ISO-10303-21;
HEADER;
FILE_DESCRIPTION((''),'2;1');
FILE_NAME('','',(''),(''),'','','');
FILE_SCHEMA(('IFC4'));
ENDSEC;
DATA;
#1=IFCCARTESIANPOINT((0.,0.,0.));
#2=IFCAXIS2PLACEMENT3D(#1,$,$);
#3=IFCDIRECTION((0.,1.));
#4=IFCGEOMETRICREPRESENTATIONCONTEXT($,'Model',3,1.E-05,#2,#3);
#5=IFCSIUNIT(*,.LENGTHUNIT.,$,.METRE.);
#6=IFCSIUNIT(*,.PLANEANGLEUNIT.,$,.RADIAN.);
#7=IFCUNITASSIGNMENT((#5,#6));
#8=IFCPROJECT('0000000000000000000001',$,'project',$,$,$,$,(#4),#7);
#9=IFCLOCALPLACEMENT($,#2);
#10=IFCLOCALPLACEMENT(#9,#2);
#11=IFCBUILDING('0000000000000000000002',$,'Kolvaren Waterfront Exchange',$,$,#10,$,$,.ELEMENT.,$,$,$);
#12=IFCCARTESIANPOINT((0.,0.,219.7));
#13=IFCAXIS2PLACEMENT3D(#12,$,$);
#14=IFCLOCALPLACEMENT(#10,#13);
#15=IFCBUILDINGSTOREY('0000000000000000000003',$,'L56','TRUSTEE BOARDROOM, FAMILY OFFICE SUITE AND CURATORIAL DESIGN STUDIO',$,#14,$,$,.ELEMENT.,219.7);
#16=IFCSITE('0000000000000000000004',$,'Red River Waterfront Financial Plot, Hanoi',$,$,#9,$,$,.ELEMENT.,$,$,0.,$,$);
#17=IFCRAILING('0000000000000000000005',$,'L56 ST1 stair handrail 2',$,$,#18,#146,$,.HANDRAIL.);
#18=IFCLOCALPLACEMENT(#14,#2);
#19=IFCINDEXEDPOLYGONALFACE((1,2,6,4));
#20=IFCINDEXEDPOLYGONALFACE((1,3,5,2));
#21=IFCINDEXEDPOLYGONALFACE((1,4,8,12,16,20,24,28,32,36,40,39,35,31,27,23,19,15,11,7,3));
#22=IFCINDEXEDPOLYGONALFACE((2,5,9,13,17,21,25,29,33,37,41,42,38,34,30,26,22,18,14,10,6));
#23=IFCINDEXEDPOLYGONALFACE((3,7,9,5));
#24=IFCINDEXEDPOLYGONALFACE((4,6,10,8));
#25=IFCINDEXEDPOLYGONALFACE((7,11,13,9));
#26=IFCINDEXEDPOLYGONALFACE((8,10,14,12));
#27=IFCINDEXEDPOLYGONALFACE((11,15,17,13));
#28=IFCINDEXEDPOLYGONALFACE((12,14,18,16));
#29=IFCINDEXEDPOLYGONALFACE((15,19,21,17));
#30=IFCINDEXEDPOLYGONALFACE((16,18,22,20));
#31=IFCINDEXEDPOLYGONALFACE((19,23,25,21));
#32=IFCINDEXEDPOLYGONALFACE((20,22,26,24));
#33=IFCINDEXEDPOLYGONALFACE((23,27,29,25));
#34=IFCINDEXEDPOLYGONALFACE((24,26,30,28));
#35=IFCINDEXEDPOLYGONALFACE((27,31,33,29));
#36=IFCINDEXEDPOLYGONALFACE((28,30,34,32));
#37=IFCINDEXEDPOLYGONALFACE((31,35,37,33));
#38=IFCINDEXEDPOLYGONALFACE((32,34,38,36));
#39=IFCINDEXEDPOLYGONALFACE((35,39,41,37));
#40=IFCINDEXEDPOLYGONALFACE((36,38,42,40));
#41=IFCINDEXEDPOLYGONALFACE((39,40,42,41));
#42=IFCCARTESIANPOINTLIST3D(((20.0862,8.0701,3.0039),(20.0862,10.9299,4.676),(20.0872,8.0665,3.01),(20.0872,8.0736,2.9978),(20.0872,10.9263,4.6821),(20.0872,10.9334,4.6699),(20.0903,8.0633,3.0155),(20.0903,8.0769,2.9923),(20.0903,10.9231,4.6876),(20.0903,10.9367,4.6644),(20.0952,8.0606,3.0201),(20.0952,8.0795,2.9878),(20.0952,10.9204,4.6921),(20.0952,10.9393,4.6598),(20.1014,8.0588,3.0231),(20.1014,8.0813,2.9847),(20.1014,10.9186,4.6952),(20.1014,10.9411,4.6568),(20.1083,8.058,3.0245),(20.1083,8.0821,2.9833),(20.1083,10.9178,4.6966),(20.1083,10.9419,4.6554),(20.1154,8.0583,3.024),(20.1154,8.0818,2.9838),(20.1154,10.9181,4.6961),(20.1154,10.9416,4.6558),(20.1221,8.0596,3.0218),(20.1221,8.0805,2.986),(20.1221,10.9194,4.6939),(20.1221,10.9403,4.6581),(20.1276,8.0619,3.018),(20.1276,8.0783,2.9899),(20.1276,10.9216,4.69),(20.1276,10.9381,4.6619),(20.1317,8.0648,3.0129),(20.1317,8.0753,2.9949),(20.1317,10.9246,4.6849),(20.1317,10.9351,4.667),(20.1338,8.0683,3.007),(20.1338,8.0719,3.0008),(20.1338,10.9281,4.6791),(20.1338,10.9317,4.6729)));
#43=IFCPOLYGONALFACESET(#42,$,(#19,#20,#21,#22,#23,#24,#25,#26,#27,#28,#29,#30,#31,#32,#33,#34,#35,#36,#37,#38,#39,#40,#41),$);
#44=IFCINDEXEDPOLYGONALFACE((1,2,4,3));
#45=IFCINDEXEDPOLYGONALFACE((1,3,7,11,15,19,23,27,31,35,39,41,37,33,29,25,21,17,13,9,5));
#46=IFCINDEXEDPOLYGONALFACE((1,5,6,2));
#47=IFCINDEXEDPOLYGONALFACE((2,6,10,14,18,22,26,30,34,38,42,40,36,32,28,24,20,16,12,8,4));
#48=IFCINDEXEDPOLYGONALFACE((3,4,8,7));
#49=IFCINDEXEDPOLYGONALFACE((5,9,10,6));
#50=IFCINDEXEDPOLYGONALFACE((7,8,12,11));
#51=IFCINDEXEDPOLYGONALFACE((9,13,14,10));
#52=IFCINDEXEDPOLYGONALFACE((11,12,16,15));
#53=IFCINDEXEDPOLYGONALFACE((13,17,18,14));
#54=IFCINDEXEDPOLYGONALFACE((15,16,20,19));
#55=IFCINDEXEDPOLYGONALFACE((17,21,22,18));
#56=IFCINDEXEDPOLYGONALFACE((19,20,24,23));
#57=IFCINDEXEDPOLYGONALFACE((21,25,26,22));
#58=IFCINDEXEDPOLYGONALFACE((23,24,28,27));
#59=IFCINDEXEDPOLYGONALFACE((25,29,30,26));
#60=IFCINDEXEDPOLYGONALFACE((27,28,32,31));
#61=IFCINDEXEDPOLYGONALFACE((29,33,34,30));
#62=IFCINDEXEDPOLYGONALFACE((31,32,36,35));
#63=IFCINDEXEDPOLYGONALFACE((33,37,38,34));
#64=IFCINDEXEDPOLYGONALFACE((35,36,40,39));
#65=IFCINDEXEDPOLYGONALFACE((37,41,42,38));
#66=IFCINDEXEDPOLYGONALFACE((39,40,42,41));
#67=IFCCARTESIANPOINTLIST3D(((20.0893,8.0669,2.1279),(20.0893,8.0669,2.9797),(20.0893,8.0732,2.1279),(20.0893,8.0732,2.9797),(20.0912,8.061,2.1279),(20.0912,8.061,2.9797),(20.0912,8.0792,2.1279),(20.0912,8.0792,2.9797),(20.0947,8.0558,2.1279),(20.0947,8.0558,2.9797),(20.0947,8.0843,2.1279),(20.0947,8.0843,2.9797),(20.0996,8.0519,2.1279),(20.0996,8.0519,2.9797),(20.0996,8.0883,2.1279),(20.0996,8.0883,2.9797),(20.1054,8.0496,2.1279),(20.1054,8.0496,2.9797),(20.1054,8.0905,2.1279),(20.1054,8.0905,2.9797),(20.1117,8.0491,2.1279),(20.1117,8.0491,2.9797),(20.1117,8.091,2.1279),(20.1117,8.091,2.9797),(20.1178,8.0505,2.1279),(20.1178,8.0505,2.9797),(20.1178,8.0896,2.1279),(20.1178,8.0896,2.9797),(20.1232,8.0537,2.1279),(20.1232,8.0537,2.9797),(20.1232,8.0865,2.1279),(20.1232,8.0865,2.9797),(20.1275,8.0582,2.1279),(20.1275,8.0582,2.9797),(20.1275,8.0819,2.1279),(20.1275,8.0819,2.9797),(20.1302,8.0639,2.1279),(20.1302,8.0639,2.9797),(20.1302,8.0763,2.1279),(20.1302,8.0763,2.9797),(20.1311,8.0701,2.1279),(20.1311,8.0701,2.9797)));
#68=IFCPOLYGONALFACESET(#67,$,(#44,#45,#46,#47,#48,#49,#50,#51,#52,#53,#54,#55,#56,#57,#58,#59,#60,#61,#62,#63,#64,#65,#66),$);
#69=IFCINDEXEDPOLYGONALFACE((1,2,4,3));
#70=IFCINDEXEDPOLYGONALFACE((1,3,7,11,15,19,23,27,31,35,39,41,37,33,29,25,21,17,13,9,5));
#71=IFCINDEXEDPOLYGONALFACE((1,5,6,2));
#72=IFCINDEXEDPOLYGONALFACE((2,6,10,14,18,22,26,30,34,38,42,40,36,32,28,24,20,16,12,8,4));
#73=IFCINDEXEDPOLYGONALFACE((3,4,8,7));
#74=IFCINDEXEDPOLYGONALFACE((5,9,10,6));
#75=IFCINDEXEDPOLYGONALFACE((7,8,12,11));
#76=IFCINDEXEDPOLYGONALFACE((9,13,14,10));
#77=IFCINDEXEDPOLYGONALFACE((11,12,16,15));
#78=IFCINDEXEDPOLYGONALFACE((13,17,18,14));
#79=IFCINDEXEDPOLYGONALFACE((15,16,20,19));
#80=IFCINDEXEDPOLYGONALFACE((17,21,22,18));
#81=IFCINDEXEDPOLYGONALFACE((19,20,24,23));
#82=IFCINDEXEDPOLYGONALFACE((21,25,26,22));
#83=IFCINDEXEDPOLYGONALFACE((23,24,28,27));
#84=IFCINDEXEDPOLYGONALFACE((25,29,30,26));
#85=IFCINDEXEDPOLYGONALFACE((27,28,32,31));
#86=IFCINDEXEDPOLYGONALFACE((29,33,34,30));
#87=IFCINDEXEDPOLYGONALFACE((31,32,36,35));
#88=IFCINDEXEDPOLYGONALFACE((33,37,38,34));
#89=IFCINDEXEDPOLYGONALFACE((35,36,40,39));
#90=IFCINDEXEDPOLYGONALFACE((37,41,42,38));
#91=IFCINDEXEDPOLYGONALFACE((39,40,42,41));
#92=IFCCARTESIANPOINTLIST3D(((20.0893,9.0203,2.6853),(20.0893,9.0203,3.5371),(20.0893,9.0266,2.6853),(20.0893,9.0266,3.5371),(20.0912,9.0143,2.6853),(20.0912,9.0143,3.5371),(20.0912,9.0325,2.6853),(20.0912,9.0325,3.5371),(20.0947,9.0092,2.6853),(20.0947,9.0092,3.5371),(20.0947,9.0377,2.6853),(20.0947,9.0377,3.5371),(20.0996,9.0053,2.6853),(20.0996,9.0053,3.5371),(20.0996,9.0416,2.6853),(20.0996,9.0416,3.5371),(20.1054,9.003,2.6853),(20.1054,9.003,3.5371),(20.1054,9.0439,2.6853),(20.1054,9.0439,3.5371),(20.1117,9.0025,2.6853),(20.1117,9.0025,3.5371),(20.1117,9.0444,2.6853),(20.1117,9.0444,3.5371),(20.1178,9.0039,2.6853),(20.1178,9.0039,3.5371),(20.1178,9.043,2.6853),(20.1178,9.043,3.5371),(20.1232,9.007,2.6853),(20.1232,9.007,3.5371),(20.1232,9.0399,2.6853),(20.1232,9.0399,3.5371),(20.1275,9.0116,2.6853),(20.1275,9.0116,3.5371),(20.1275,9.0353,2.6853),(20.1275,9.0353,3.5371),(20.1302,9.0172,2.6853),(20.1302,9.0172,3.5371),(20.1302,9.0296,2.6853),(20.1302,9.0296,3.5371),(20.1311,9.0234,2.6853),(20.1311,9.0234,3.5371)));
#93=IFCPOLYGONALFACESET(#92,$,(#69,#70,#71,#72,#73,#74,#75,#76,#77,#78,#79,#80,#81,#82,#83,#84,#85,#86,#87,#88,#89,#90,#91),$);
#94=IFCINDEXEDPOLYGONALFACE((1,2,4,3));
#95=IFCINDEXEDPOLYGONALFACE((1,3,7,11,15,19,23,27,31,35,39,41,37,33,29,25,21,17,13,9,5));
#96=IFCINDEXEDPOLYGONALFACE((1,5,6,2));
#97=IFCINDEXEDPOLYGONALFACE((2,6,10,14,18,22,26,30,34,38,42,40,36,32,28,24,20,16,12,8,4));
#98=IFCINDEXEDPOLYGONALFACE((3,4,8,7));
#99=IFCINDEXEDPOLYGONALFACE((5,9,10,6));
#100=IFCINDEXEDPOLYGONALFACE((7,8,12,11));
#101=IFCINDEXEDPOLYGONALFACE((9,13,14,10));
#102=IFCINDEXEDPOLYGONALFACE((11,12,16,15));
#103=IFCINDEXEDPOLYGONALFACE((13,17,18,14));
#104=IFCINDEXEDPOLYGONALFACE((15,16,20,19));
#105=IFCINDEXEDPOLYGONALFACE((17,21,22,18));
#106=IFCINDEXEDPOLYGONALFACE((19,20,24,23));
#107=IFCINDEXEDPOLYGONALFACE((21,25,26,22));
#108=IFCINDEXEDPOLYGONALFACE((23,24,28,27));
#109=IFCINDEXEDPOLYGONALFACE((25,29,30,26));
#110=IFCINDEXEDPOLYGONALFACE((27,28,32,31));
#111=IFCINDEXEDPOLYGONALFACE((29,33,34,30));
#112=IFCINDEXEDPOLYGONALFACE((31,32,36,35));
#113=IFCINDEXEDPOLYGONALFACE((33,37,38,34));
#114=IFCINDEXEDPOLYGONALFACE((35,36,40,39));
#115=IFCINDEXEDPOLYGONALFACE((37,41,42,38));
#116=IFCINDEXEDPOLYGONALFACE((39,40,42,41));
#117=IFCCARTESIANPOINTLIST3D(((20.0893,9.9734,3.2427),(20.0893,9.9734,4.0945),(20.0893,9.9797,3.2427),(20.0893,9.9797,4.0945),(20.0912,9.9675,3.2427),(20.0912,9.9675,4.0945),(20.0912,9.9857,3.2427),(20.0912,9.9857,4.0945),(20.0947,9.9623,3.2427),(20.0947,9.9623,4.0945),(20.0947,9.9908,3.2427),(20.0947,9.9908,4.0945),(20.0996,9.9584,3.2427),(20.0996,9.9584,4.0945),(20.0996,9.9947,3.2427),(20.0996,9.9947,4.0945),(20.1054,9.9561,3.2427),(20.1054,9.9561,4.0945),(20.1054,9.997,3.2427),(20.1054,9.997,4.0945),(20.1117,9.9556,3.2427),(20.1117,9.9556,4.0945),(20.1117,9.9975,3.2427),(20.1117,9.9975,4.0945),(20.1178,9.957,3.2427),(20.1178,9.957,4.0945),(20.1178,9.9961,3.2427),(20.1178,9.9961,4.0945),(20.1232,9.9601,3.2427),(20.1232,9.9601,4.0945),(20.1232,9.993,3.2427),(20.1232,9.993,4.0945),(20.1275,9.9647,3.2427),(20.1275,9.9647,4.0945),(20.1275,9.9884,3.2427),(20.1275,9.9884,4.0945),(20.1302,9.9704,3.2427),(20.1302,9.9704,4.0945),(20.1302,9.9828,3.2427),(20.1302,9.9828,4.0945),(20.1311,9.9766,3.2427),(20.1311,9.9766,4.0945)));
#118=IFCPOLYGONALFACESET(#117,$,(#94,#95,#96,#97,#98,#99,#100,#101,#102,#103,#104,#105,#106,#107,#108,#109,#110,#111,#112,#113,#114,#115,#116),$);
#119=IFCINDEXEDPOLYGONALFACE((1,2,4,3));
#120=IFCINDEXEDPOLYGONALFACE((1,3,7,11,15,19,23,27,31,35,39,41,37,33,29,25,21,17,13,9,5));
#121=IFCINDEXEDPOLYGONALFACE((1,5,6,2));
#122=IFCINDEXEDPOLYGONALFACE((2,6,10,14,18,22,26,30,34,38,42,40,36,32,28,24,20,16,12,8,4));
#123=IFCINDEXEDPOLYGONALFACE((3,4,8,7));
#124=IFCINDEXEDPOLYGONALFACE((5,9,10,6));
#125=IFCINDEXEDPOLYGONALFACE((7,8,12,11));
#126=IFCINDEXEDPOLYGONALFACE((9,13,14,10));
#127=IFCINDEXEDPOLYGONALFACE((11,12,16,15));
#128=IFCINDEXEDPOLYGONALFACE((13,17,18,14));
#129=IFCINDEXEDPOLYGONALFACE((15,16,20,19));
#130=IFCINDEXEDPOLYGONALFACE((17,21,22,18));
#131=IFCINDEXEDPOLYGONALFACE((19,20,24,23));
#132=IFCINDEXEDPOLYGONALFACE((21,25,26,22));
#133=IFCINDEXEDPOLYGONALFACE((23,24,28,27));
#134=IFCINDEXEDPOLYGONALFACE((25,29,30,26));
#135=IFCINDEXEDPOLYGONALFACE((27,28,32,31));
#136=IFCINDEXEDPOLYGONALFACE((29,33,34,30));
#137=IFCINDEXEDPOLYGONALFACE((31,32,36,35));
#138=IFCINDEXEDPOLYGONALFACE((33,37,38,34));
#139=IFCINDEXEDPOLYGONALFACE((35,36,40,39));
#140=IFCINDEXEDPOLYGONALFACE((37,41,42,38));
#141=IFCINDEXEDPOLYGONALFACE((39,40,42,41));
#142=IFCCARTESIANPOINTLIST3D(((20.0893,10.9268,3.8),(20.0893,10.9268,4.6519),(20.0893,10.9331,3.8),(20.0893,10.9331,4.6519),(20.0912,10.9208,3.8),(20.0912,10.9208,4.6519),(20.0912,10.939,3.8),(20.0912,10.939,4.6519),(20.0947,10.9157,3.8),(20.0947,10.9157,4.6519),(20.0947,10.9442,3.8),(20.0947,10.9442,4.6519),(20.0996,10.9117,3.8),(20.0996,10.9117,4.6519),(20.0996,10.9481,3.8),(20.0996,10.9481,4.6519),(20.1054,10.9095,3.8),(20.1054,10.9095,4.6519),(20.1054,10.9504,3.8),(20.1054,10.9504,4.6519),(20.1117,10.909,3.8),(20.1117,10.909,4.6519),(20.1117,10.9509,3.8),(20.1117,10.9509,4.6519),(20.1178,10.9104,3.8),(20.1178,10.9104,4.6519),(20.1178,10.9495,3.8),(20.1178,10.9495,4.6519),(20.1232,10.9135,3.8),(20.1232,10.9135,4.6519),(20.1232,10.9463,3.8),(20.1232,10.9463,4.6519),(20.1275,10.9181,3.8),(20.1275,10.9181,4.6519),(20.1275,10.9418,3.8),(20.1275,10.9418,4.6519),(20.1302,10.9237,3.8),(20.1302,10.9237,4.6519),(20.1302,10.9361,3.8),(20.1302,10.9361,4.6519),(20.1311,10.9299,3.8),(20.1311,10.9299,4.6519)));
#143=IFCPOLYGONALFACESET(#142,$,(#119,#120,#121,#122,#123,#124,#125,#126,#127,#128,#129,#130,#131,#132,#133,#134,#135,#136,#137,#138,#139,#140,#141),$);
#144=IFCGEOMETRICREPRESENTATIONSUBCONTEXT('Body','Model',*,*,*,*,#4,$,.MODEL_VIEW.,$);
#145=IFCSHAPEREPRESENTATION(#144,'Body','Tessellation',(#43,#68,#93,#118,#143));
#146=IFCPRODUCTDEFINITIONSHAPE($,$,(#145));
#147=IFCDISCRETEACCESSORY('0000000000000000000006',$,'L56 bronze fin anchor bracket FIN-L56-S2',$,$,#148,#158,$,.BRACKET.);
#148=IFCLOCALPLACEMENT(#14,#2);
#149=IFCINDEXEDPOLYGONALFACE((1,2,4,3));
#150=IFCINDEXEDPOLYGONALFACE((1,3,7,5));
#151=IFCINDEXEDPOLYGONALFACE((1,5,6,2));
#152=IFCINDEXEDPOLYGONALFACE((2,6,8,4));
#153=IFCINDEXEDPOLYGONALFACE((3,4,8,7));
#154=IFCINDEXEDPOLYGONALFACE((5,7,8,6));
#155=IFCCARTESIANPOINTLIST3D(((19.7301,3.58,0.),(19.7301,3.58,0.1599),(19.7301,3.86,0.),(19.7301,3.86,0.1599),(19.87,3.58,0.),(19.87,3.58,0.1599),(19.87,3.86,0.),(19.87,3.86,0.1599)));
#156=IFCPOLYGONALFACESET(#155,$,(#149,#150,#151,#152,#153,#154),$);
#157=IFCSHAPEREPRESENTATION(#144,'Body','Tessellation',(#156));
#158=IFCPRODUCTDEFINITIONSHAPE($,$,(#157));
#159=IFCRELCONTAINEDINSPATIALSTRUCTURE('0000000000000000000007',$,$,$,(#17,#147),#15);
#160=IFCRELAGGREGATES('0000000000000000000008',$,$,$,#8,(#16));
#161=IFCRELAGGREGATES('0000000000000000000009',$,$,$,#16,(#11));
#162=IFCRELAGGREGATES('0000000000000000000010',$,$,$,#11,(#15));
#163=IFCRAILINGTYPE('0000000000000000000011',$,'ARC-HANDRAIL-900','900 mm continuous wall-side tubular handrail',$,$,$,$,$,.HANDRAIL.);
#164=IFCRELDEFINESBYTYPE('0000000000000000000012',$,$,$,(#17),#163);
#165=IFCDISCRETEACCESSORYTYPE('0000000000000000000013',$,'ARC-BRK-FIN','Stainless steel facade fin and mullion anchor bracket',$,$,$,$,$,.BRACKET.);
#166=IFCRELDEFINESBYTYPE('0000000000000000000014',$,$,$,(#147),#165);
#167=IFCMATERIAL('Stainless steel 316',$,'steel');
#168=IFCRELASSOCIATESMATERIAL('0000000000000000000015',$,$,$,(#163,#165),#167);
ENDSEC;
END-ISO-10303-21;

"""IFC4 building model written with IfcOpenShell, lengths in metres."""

from ifc_helpers import new_model, si_unit, direction, frame, origin, origin_with_axes, origin_2d, place, context, subcontext, project, spatial, rectangle, circle, extrude, source, transform, mapped, material, type_object, element, save


model = new_model("IFC4")

# Units and contexts
model_context = context("Model", 3, precision=1e-05, world=origin(), true_north=direction((0.0, 1.0)))
body_context = subcontext(model_context, "Body", "Model", "MODEL_VIEW")
ifc_project = project(units=[si_unit("LENGTHUNIT", "METRE"), si_unit("PLANEANGLEUNIT", "RADIAN")], contexts=[model_context])

# Site, building, storey
site_placement = place(None, origin())
site = spatial("IfcSite", under=ifc_project, at=site_placement, Name="Red River Waterfront Financial Plot, Hanoi", CompositionType="ELEMENT", RefElevation=0.0)
building_placement = place(site_placement, origin())
building = spatial("IfcBuilding", under=site, at=building_placement, Name="Kolvaren Waterfront Exchange", CompositionType="ELEMENT")
storey_placement = place(building_placement, frame((0.0, 0.0, 219.7)))
storey = spatial("IfcBuildingStorey", under=building, at=storey_placement, Name="L56", Description="TRUSTEE BOARDROOM, FAMILY OFFICE SUITE AND CURATORIAL DESIGN STUDIO", CompositionType="ELEMENT", Elevation=219.7)

# Railing
ifc_material_1 = material(Name="Stainless steel 316", Category="steel")
railing_type_1 = type_object("IfcRailingType", Name="ARC-HANDRAIL-900", Description="900 mm continuous wall-side tubular handrail", PredefinedType="HANDRAIL", material=ifc_material_1)
railing_1_placement = place(storey_placement, frame((20.1101, 8.0701, 2.1279)))
element("IfcRailing", 1, at=railing_1_placement, inside=storey, type_object=railing_type_1, Name="L56 ST1 stair handrail 2", PredefinedType="HANDRAIL", context=body_context, shape_type="SweptSolid", body=[
    extrude(circle(Radius=0.0239, at=origin_2d()), frame((0.0, 0.0, 0.876), z_axis=(0.0, 0.863271, 0.504741), x_axis=(-1.0, 0.0, 0.0)), (0.0, 0.0, 1.0), 3.3127),
    extrude(circle(Radius=0.021, at=origin_2d()), origin(), (0.0, 0.0, 1.0), 0.8518),
    extrude(circle(Radius=0.021, at=origin_2d()), frame((0.0, 0.9534, 0.5574)), (0.0, 0.0, 1.0), 0.8518),
    extrude(circle(Radius=0.021, at=origin_2d()), frame((0.0, 1.9065, 1.1147)), (0.0, 0.0, 1.0), 0.8518),
    extrude(circle(Radius=0.021, at=origin_2d()), frame((0.0, 2.8599, 1.6721)), (0.0, 0.0, 1.0), 0.8518),
])

# Discrete accessory
discrete_accessory_type = type_object("IfcDiscreteAccessoryType", Name="ARC-BRK-FIN", Description="Stainless steel facade fin and mullion anchor bracket", PredefinedType="BRACKET", material=ifc_material_1)
shared_shape_1 = source(origin_with_axes(), body_context, "Body", "SweptSolid", [
    extrude(rectangle(XDim=0.28, YDim=0.1399, at=origin_2d()), origin(), (0.0, 0.0, 1.0), 0.1599),
])
discrete_accessory_placement = place(storey_placement, frame((19.8, 3.72, 0.0), z_axis=(0.0, 0.0, 1.0), x_axis=(0.0, -1.0, 0.0)))
element("IfcDiscreteAccessory", 2, at=discrete_accessory_placement, inside=storey, type_object=discrete_accessory_type, Name="L56 bronze fin anchor bracket FIN-L56-S2", PredefinedType="BRACKET", context=body_context, shape_type="MappedRepresentation", body=[
    mapped(shared_shape_1, transform((0.0, 0.0, 0.0), x_axis=(1.0, 0.0, 0.0), y_axis=(0.0, 1.0, 0.0), z_axis=(0.0, 0.0, 1.0), scale=1.0)),
])

save(model, "model.ifc")
